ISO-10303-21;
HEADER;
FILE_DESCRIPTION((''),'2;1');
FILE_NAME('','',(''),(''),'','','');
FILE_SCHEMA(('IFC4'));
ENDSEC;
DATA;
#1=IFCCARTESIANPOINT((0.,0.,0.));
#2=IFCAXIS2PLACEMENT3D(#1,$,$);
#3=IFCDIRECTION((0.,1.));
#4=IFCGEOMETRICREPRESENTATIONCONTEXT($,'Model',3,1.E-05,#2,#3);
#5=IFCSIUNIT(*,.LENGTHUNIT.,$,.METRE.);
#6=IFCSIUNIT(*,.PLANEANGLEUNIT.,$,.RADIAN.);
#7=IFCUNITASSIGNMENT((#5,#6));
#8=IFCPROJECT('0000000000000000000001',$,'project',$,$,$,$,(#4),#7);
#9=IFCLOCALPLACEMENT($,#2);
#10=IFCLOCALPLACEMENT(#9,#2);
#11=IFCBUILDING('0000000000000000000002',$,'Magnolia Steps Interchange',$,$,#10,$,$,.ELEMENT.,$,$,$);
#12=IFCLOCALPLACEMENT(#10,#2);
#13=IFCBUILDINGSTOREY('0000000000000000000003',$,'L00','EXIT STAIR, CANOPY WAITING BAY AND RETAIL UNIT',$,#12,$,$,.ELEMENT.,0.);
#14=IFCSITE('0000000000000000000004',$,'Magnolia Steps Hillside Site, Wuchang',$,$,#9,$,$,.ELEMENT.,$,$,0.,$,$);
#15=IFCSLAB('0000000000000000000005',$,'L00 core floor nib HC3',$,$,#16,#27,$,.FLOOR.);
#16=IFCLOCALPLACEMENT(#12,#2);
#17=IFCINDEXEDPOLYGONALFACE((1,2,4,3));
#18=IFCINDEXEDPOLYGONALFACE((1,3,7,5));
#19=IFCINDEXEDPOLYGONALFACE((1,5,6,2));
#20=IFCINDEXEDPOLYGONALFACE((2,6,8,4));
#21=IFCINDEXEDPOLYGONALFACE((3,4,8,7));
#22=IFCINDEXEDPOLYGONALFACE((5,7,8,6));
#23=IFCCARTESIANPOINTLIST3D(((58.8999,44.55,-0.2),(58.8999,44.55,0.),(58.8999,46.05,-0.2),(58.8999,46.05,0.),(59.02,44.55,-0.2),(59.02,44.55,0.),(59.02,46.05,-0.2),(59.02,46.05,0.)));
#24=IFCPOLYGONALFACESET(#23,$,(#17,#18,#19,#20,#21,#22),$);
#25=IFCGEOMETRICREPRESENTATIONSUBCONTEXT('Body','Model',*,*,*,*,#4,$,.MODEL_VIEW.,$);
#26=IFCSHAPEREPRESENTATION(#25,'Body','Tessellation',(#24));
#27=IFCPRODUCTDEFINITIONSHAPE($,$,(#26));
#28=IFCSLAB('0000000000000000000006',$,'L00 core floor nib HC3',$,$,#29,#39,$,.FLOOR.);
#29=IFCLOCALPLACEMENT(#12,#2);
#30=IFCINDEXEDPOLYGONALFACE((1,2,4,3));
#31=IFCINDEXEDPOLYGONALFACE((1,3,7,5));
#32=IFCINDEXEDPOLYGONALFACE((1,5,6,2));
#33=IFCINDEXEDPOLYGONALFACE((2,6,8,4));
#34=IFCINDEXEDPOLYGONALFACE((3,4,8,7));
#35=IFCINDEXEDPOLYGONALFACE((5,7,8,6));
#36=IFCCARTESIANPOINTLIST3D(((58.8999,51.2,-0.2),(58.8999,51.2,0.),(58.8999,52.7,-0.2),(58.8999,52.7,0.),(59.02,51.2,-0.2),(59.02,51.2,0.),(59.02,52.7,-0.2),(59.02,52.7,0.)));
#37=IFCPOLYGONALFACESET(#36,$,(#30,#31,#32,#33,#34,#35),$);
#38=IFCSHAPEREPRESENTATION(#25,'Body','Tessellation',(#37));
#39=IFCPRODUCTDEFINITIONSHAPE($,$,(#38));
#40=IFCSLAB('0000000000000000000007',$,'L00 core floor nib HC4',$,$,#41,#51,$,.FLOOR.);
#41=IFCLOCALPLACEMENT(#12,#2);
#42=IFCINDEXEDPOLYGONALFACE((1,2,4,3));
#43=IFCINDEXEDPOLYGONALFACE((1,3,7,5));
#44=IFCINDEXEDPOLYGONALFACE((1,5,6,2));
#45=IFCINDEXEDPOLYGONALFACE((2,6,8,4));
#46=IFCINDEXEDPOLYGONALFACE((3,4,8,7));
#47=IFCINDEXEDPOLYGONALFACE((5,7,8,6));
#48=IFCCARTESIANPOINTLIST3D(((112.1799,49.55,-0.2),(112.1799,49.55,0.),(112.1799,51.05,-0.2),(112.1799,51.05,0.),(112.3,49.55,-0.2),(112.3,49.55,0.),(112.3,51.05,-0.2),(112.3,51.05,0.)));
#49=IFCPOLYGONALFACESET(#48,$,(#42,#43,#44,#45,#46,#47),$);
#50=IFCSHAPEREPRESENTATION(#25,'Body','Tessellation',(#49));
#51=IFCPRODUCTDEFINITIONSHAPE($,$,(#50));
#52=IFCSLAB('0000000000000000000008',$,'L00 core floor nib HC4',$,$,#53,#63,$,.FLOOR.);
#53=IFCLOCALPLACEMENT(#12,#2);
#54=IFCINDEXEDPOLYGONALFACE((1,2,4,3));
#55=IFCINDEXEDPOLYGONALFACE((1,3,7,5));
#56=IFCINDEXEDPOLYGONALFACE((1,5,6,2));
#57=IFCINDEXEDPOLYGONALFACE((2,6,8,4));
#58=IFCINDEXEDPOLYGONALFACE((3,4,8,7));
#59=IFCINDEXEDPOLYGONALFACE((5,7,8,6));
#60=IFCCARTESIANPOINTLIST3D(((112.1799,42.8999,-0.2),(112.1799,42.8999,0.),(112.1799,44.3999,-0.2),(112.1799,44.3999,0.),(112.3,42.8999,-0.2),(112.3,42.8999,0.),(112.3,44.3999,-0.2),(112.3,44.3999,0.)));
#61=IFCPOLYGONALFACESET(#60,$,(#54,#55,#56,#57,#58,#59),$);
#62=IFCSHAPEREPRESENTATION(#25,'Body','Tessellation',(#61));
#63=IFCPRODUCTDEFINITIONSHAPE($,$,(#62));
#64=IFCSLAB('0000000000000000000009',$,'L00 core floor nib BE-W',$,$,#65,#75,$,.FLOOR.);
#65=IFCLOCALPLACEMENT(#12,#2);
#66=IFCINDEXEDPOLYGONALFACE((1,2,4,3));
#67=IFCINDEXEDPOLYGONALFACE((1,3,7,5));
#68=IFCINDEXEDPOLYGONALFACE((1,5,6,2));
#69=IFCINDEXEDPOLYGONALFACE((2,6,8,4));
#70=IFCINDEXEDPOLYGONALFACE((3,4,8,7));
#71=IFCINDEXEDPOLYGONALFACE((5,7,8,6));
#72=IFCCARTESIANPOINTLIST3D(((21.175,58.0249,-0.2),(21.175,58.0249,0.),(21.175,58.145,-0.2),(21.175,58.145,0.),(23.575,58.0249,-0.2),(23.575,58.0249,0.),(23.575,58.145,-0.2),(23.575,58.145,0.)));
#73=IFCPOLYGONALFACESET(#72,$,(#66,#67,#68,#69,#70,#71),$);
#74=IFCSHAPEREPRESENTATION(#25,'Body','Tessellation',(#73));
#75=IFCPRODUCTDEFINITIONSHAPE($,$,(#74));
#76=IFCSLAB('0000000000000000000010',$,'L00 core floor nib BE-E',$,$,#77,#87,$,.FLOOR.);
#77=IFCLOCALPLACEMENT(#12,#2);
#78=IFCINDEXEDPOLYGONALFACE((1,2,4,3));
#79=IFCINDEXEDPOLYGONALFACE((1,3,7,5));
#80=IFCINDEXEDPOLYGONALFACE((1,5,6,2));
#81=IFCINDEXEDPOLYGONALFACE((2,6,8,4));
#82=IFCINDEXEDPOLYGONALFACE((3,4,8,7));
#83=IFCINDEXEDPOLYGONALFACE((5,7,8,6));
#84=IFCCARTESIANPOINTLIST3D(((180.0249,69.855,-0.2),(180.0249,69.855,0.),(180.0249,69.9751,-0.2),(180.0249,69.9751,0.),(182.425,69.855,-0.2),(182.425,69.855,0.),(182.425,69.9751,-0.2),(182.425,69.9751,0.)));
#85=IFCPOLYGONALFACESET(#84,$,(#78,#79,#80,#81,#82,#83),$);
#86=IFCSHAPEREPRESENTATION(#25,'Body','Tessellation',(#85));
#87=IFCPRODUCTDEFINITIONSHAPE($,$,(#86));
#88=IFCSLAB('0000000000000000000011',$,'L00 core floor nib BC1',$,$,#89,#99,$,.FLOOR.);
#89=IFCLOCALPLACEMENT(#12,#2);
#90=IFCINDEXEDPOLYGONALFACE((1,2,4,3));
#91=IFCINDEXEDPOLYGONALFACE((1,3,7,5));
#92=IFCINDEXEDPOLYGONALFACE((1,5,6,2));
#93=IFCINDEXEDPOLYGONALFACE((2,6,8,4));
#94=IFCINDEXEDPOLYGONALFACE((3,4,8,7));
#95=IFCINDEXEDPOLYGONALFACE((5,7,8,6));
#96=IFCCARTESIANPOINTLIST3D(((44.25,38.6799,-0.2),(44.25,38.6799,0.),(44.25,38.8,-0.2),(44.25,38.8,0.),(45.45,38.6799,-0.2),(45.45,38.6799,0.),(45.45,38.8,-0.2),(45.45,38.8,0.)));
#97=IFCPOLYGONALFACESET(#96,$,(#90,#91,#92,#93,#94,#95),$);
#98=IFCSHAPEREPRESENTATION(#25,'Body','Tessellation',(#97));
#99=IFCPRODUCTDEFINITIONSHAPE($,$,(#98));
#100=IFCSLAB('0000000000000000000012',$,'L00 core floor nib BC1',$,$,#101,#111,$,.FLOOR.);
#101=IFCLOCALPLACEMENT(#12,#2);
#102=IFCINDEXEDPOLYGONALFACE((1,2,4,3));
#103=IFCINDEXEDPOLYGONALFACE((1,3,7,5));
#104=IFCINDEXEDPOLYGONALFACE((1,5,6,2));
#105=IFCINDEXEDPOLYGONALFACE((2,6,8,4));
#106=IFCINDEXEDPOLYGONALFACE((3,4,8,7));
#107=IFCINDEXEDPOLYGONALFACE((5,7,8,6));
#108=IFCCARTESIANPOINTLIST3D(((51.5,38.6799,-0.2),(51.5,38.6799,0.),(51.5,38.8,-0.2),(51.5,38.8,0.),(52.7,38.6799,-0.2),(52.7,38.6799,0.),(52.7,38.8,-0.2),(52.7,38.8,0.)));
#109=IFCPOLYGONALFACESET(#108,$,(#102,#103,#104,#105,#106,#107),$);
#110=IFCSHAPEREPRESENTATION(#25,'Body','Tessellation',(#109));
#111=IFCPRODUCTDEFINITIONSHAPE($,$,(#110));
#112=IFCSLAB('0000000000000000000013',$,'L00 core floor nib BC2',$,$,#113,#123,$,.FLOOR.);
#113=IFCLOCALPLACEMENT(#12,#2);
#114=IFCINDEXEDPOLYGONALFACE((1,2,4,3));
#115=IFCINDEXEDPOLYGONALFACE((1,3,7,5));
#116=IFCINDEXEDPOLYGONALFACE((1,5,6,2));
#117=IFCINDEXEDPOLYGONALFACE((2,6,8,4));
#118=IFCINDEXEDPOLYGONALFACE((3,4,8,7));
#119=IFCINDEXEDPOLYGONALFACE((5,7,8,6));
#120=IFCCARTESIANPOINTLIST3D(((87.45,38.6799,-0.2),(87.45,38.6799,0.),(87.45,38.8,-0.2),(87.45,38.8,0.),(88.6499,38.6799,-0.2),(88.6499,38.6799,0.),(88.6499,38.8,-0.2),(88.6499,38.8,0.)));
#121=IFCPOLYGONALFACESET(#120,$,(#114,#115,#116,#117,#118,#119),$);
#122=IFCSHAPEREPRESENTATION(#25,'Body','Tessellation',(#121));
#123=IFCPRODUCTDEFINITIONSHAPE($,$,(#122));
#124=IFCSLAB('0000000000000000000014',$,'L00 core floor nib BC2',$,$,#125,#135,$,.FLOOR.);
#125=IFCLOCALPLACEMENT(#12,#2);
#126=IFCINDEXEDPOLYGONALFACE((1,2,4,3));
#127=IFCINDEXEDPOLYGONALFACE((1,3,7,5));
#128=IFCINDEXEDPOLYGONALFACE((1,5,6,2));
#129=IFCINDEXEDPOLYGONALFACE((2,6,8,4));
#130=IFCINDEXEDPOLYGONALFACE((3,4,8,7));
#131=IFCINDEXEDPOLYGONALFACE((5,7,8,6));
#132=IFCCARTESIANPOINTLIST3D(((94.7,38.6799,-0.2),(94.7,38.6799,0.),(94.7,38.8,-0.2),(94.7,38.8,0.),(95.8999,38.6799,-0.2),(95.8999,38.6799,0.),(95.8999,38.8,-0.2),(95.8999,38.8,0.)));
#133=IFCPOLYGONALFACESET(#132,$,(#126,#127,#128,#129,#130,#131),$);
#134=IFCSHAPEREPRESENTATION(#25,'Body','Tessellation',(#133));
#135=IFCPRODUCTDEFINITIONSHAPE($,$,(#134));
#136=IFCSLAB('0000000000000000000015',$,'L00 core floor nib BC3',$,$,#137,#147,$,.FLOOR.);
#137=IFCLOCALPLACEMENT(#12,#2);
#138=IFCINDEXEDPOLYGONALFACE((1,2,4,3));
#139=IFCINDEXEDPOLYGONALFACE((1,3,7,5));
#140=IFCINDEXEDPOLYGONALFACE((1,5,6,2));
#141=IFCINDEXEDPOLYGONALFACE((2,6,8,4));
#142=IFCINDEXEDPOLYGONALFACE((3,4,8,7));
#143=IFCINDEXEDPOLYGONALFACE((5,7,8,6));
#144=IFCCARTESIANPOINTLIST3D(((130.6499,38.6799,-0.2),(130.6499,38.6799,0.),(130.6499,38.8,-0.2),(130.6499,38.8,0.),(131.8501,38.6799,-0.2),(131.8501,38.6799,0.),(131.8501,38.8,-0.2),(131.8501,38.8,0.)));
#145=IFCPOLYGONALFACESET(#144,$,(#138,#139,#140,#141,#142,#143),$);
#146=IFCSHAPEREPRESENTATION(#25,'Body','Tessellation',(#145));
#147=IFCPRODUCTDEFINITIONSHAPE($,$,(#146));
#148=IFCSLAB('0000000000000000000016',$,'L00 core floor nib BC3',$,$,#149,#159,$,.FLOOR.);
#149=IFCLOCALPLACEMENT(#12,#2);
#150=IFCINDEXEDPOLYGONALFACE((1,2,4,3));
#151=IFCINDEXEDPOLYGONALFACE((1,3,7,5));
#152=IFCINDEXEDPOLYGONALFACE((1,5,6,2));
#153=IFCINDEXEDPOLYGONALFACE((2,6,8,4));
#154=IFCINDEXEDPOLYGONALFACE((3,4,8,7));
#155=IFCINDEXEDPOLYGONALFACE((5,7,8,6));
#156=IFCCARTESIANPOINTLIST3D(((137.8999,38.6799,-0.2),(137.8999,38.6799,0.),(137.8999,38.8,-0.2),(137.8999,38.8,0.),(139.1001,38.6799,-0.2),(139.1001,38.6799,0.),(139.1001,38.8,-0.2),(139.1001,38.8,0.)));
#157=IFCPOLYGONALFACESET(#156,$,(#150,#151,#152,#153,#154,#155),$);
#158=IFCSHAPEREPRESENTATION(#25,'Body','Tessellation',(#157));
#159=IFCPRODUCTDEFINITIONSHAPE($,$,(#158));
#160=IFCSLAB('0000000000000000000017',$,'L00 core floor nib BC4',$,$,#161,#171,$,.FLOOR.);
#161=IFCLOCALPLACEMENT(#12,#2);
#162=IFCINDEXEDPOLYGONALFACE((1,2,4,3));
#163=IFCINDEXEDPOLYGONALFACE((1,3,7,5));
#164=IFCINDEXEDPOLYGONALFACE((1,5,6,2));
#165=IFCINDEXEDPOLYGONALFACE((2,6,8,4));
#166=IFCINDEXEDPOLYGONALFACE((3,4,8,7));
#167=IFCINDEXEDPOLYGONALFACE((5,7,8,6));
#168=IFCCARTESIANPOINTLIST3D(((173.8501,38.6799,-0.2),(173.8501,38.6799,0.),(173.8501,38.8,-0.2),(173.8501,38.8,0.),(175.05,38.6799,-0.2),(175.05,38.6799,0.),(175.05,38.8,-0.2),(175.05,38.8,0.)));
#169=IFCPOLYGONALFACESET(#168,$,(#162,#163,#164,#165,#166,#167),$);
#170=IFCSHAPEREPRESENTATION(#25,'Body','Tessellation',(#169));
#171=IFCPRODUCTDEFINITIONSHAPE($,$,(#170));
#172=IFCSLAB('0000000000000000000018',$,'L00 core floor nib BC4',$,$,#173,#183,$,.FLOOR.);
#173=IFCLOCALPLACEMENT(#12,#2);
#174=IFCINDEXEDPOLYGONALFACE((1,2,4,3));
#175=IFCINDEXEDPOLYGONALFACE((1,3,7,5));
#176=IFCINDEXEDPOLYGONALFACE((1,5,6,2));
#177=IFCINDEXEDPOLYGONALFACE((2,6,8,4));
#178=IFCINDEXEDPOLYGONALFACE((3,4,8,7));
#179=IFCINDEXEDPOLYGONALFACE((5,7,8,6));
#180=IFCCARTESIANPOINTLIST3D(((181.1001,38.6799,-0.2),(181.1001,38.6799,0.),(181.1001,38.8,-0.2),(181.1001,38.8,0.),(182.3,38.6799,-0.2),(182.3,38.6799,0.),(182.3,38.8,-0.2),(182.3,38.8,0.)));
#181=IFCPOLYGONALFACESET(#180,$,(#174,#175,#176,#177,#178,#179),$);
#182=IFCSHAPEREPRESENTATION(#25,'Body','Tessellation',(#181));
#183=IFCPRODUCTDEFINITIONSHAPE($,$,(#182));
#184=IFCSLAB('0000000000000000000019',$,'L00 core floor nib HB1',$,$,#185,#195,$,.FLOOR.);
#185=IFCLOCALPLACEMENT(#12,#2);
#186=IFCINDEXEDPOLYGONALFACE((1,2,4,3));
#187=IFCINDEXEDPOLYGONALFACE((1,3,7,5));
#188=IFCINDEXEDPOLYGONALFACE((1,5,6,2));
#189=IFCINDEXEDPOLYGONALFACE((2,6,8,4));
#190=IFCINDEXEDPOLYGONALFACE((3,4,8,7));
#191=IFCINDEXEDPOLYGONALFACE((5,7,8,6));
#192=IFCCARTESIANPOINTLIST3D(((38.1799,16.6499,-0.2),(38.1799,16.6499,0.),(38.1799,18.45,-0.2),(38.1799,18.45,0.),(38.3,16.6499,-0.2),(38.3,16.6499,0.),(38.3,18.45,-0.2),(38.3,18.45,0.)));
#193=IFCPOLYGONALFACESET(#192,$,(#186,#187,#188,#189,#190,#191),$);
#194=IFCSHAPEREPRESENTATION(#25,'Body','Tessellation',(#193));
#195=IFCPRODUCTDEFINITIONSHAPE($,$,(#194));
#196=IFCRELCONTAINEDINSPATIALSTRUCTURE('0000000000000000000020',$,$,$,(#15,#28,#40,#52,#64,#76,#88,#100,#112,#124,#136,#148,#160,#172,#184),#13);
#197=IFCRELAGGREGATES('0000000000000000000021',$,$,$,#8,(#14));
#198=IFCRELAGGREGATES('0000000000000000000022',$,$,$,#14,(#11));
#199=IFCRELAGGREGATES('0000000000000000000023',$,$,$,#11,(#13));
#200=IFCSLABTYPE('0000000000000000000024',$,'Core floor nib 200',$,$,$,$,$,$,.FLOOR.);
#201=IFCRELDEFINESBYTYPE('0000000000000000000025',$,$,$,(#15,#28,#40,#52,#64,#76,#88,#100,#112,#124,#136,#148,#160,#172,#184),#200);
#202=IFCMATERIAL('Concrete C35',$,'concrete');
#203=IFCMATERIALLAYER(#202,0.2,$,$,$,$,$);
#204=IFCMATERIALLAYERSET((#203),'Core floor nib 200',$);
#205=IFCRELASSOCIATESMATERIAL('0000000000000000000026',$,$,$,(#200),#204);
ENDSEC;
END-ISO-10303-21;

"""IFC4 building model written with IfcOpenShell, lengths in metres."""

from ifc_helpers import new_model, si_unit, direction, frame, origin, place, context, subcontext, project, spatial, polyline, outline, extrude, material, layer, layer_set, type_object, element, save


model = new_model("IFC4")

# Units and contexts
model_context = context("Model", 3, precision=1e-05, world=origin(), true_north=direction((0.0, 1.0)))
body_context = subcontext(model_context, "Body", "Model", "MODEL_VIEW")
ifc_project = project(units=[si_unit("LENGTHUNIT", "METRE"), si_unit("PLANEANGLEUNIT", "RADIAN")], contexts=[model_context])

# Site, building, storey
site_placement = place(None, origin())
site = spatial("IfcSite", under=ifc_project, at=site_placement, Name="Magnolia Steps Hillside Site, Wuchang", CompositionType="ELEMENT", RefElevation=0.0)
building_placement = place(site_placement, origin())
building = spatial("IfcBuilding", under=site, at=building_placement, Name="Magnolia Steps Interchange", CompositionType="ELEMENT")
storey_placement = place(building_placement, origin())
storey = spatial("IfcBuildingStorey", under=building, at=storey_placement, Name="L00", Description="EXIT STAIR, CANOPY WAITING BAY AND RETAIL UNIT", CompositionType="ELEMENT", Elevation=0.0)

# Slabs
ifc_material_1 = material(Name="Concrete C35", Category="concrete")
ifc_layer_1 = layer(ifc_material_1, 0.2)
ifc_layer_set_1 = layer_set([ifc_layer_1], Name="Core floor nib 200")
slab_type_1 = type_object("IfcSlabType", Name="Core floor nib 200", PredefinedType="FLOOR", material=ifc_layer_set_1)
slab_1_placement = place(storey_placement, frame((0.0, 0.0, -0.2)))
element("IfcSlab", 1, at=slab_1_placement, inside=storey, type_object=slab_type_1, Name="L00 core floor nib HC3", PredefinedType="FLOOR", context=body_context, shape_type="SweptSolid", body=[
    extrude(outline(polyline([(59.02, 44.55), (58.8999, 44.55), (58.8999, 46.05), (59.02, 46.05), (59.02, 44.55)])), origin(), (0.0, 0.0, 1.0), 0.2),
])
slab_2_placement = place(storey_placement, frame((0.0, 0.0, -0.2)))
element("IfcSlab", 2, at=slab_2_placement, inside=storey, type_object=slab_type_1, Name="L00 core floor nib HC3", PredefinedType="FLOOR", context=body_context, shape_type="SweptSolid", body=[
    extrude(outline(polyline([(59.02, 51.2), (58.8999, 51.2), (58.8999, 52.7), (59.02, 52.7), (59.02, 51.2)])), origin(), (0.0, 0.0, 1.0), 0.2),
])
slab_3_placement = place(storey_placement, frame((0.0, 0.0, -0.2)))
element("IfcSlab", 3, at=slab_3_placement, inside=storey, type_object=slab_type_1, Name="L00 core floor nib HC4", PredefinedType="FLOOR", context=body_context, shape_type="SweptSolid", body=[
    extrude(outline(polyline([(112.1799, 51.05), (112.3, 51.05), (112.3, 49.55), (112.1799, 49.55), (112.1799, 51.05)])), origin(), (0.0, 0.0, 1.0), 0.2),
])
slab_4_placement = place(storey_placement, frame((0.0, 0.0, -0.2)))
element("IfcSlab", 4, at=slab_4_placement, inside=storey, type_object=slab_type_1, Name="L00 core floor nib HC4", PredefinedType="FLOOR", context=body_context, shape_type="SweptSolid", body=[
    extrude(outline(polyline([(112.1799, 44.3999), (112.3, 44.3999), (112.3, 42.8999), (112.1799, 42.8999), (112.1799, 44.3999)])), origin(), (0.0, 0.0, 1.0), 0.2),
])
slab_5_placement = place(storey_placement, frame((0.0, 0.0, -0.2)))
element("IfcSlab", 5, at=slab_5_placement, inside=storey, type_object=slab_type_1, Name="L00 core floor nib BE-W", PredefinedType="FLOOR", context=body_context, shape_type="SweptSolid", body=[
    extrude(outline(polyline([(23.575, 58.145), (23.575, 58.0249), (21.175, 58.0249), (21.175, 58.145), (23.575, 58.145)])), origin(), (0.0, 0.0, 1.0), 0.2),
])
slab_6_placement = place(storey_placement, frame((0.0, 0.0, -0.2)))
element("IfcSlab", 6, at=slab_6_placement, inside=storey, type_object=slab_type_1, Name="L00 core floor nib BE-E", PredefinedType="FLOOR", context=body_context, shape_type="SweptSolid", body=[
    extrude(outline(polyline([(180.0249, 69.855), (180.0249, 69.9751), (182.425, 69.9751), (182.425, 69.855), (180.0249, 69.855)])), origin(), (0.0, 0.0, 1.0), 0.2),
])
slab_7_placement = place(storey_placement, frame((0.0, 0.0, -0.2)))
element("IfcSlab", 7, at=slab_7_placement, inside=storey, type_object=slab_type_1, Name="L00 core floor nib BC1", PredefinedType="FLOOR", context=body_context, shape_type="SweptSolid", body=[
    extrude(outline(polyline([(44.25, 38.6799), (44.25, 38.8), (45.45, 38.8), (45.45, 38.6799), (44.25, 38.6799)])), origin(), (0.0, 0.0, 1.0), 0.2),
])
slab_8_placement = place(storey_placement, frame((0.0, 0.0, -0.2)))
element("IfcSlab", 8, at=slab_8_placement, inside=storey, type_object=slab_type_1, Name="L00 core floor nib BC1", PredefinedType="FLOOR", context=body_context, shape_type="SweptSolid", body=[
    extrude(outline(polyline([(51.5, 38.6799), (51.5, 38.8), (52.7, 38.8), (52.7, 38.6799), (51.5, 38.6799)])), origin(), (0.0, 0.0, 1.0), 0.2),
])
slab_9_placement = place(storey_placement, frame((0.0, 0.0, -0.2)))
element("IfcSlab", 9, at=slab_9_placement, inside=storey, type_object=slab_type_1, Name="L00 core floor nib BC2", PredefinedType="FLOOR", context=body_context, shape_type="SweptSolid", body=[
    extrude(outline(polyline([(87.45, 38.6799), (87.45, 38.8), (88.6499, 38.8), (88.6499, 38.6799), (87.45, 38.6799)])), origin(), (0.0, 0.0, 1.0), 0.2),
])
slab_10_placement = place(storey_placement, frame((0.0, 0.0, -0.2)))
element("IfcSlab", 10, at=slab_10_placement, inside=storey, type_object=slab_type_1, Name="L00 core floor nib BC2", PredefinedType="FLOOR", context=body_context, shape_type="SweptSolid", body=[
    extrude(outline(polyline([(94.7, 38.6799), (94.7, 38.8), (95.8999, 38.8), (95.8999, 38.6799), (94.7, 38.6799)])), origin(), (0.0, 0.0, 1.0), 0.2),
])
slab_11_placement = place(storey_placement, frame((0.0, 0.0, -0.2)))
element("IfcSlab", 11, at=slab_11_placement, inside=storey, type_object=slab_type_1, Name="L00 core floor nib BC3", PredefinedType="FLOOR", context=body_context, shape_type="SweptSolid", body=[
    extrude(outline(polyline([(130.6499, 38.6799), (130.6499, 38.8), (131.8501, 38.8), (131.8501, 38.6799), (130.6499, 38.6799)])), origin(), (0.0, 0.0, 1.0), 0.2),
])
slab_12_placement = place(storey_placement, frame((0.0, 0.0, -0.2)))
element("IfcSlab", 12, at=slab_12_placement, inside=storey, type_object=slab_type_1, Name="L00 core floor nib BC3", PredefinedType="FLOOR", context=body_context, shape_type="SweptSolid", body=[
    extrude(outline(polyline([(137.8999, 38.6799), (137.8999, 38.8), (139.1001, 38.8), (139.1001, 38.6799), (137.8999, 38.6799)])), origin(), (0.0, 0.0, 1.0), 0.2),
])
slab_13_placement = place(storey_placement, frame((0.0, 0.0, -0.2)))
element("IfcSlab", 13, at=slab_13_placement, inside=storey, type_object=slab_type_1, Name="L00 core floor nib BC4", PredefinedType="FLOOR", context=body_context, shape_type="SweptSolid", body=[
    extrude(outline(polyline([(173.8501, 38.6799), (173.8501, 38.8), (175.05, 38.8), (175.05, 38.6799), (173.8501, 38.6799)])), origin(), (0.0, 0.0, 1.0), 0.2),
])
slab_14_placement = place(storey_placement, frame((0.0, 0.0, -0.2)))
element("IfcSlab", 14, at=slab_14_placement, inside=storey, type_object=slab_type_1, Name="L00 core floor nib BC4", PredefinedType="FLOOR", context=body_context, shape_type="SweptSolid", body=[
    extrude(outline(polyline([(181.1001, 38.6799), (181.1001, 38.8), (182.3, 38.8), (182.3, 38.6799), (181.1001, 38.6799)])), origin(), (0.0, 0.0, 1.0), 0.2),
])
slab_15_placement = place(storey_placement, frame((0.0, 0.0, -0.2)))
element("IfcSlab", 15, at=slab_15_placement, inside=storey, type_object=slab_type_1, Name="L00 core floor nib HB1", PredefinedType="FLOOR", context=body_context, shape_type="SweptSolid", body=[
    extrude(outline(polyline([(38.1799, 18.45), (38.3, 18.45), (38.3, 16.6499), (38.1799, 16.6499), (38.1799, 18.45)])), origin(), (0.0, 0.0, 1.0), 0.2),
])

save(model, "model.ifc")
